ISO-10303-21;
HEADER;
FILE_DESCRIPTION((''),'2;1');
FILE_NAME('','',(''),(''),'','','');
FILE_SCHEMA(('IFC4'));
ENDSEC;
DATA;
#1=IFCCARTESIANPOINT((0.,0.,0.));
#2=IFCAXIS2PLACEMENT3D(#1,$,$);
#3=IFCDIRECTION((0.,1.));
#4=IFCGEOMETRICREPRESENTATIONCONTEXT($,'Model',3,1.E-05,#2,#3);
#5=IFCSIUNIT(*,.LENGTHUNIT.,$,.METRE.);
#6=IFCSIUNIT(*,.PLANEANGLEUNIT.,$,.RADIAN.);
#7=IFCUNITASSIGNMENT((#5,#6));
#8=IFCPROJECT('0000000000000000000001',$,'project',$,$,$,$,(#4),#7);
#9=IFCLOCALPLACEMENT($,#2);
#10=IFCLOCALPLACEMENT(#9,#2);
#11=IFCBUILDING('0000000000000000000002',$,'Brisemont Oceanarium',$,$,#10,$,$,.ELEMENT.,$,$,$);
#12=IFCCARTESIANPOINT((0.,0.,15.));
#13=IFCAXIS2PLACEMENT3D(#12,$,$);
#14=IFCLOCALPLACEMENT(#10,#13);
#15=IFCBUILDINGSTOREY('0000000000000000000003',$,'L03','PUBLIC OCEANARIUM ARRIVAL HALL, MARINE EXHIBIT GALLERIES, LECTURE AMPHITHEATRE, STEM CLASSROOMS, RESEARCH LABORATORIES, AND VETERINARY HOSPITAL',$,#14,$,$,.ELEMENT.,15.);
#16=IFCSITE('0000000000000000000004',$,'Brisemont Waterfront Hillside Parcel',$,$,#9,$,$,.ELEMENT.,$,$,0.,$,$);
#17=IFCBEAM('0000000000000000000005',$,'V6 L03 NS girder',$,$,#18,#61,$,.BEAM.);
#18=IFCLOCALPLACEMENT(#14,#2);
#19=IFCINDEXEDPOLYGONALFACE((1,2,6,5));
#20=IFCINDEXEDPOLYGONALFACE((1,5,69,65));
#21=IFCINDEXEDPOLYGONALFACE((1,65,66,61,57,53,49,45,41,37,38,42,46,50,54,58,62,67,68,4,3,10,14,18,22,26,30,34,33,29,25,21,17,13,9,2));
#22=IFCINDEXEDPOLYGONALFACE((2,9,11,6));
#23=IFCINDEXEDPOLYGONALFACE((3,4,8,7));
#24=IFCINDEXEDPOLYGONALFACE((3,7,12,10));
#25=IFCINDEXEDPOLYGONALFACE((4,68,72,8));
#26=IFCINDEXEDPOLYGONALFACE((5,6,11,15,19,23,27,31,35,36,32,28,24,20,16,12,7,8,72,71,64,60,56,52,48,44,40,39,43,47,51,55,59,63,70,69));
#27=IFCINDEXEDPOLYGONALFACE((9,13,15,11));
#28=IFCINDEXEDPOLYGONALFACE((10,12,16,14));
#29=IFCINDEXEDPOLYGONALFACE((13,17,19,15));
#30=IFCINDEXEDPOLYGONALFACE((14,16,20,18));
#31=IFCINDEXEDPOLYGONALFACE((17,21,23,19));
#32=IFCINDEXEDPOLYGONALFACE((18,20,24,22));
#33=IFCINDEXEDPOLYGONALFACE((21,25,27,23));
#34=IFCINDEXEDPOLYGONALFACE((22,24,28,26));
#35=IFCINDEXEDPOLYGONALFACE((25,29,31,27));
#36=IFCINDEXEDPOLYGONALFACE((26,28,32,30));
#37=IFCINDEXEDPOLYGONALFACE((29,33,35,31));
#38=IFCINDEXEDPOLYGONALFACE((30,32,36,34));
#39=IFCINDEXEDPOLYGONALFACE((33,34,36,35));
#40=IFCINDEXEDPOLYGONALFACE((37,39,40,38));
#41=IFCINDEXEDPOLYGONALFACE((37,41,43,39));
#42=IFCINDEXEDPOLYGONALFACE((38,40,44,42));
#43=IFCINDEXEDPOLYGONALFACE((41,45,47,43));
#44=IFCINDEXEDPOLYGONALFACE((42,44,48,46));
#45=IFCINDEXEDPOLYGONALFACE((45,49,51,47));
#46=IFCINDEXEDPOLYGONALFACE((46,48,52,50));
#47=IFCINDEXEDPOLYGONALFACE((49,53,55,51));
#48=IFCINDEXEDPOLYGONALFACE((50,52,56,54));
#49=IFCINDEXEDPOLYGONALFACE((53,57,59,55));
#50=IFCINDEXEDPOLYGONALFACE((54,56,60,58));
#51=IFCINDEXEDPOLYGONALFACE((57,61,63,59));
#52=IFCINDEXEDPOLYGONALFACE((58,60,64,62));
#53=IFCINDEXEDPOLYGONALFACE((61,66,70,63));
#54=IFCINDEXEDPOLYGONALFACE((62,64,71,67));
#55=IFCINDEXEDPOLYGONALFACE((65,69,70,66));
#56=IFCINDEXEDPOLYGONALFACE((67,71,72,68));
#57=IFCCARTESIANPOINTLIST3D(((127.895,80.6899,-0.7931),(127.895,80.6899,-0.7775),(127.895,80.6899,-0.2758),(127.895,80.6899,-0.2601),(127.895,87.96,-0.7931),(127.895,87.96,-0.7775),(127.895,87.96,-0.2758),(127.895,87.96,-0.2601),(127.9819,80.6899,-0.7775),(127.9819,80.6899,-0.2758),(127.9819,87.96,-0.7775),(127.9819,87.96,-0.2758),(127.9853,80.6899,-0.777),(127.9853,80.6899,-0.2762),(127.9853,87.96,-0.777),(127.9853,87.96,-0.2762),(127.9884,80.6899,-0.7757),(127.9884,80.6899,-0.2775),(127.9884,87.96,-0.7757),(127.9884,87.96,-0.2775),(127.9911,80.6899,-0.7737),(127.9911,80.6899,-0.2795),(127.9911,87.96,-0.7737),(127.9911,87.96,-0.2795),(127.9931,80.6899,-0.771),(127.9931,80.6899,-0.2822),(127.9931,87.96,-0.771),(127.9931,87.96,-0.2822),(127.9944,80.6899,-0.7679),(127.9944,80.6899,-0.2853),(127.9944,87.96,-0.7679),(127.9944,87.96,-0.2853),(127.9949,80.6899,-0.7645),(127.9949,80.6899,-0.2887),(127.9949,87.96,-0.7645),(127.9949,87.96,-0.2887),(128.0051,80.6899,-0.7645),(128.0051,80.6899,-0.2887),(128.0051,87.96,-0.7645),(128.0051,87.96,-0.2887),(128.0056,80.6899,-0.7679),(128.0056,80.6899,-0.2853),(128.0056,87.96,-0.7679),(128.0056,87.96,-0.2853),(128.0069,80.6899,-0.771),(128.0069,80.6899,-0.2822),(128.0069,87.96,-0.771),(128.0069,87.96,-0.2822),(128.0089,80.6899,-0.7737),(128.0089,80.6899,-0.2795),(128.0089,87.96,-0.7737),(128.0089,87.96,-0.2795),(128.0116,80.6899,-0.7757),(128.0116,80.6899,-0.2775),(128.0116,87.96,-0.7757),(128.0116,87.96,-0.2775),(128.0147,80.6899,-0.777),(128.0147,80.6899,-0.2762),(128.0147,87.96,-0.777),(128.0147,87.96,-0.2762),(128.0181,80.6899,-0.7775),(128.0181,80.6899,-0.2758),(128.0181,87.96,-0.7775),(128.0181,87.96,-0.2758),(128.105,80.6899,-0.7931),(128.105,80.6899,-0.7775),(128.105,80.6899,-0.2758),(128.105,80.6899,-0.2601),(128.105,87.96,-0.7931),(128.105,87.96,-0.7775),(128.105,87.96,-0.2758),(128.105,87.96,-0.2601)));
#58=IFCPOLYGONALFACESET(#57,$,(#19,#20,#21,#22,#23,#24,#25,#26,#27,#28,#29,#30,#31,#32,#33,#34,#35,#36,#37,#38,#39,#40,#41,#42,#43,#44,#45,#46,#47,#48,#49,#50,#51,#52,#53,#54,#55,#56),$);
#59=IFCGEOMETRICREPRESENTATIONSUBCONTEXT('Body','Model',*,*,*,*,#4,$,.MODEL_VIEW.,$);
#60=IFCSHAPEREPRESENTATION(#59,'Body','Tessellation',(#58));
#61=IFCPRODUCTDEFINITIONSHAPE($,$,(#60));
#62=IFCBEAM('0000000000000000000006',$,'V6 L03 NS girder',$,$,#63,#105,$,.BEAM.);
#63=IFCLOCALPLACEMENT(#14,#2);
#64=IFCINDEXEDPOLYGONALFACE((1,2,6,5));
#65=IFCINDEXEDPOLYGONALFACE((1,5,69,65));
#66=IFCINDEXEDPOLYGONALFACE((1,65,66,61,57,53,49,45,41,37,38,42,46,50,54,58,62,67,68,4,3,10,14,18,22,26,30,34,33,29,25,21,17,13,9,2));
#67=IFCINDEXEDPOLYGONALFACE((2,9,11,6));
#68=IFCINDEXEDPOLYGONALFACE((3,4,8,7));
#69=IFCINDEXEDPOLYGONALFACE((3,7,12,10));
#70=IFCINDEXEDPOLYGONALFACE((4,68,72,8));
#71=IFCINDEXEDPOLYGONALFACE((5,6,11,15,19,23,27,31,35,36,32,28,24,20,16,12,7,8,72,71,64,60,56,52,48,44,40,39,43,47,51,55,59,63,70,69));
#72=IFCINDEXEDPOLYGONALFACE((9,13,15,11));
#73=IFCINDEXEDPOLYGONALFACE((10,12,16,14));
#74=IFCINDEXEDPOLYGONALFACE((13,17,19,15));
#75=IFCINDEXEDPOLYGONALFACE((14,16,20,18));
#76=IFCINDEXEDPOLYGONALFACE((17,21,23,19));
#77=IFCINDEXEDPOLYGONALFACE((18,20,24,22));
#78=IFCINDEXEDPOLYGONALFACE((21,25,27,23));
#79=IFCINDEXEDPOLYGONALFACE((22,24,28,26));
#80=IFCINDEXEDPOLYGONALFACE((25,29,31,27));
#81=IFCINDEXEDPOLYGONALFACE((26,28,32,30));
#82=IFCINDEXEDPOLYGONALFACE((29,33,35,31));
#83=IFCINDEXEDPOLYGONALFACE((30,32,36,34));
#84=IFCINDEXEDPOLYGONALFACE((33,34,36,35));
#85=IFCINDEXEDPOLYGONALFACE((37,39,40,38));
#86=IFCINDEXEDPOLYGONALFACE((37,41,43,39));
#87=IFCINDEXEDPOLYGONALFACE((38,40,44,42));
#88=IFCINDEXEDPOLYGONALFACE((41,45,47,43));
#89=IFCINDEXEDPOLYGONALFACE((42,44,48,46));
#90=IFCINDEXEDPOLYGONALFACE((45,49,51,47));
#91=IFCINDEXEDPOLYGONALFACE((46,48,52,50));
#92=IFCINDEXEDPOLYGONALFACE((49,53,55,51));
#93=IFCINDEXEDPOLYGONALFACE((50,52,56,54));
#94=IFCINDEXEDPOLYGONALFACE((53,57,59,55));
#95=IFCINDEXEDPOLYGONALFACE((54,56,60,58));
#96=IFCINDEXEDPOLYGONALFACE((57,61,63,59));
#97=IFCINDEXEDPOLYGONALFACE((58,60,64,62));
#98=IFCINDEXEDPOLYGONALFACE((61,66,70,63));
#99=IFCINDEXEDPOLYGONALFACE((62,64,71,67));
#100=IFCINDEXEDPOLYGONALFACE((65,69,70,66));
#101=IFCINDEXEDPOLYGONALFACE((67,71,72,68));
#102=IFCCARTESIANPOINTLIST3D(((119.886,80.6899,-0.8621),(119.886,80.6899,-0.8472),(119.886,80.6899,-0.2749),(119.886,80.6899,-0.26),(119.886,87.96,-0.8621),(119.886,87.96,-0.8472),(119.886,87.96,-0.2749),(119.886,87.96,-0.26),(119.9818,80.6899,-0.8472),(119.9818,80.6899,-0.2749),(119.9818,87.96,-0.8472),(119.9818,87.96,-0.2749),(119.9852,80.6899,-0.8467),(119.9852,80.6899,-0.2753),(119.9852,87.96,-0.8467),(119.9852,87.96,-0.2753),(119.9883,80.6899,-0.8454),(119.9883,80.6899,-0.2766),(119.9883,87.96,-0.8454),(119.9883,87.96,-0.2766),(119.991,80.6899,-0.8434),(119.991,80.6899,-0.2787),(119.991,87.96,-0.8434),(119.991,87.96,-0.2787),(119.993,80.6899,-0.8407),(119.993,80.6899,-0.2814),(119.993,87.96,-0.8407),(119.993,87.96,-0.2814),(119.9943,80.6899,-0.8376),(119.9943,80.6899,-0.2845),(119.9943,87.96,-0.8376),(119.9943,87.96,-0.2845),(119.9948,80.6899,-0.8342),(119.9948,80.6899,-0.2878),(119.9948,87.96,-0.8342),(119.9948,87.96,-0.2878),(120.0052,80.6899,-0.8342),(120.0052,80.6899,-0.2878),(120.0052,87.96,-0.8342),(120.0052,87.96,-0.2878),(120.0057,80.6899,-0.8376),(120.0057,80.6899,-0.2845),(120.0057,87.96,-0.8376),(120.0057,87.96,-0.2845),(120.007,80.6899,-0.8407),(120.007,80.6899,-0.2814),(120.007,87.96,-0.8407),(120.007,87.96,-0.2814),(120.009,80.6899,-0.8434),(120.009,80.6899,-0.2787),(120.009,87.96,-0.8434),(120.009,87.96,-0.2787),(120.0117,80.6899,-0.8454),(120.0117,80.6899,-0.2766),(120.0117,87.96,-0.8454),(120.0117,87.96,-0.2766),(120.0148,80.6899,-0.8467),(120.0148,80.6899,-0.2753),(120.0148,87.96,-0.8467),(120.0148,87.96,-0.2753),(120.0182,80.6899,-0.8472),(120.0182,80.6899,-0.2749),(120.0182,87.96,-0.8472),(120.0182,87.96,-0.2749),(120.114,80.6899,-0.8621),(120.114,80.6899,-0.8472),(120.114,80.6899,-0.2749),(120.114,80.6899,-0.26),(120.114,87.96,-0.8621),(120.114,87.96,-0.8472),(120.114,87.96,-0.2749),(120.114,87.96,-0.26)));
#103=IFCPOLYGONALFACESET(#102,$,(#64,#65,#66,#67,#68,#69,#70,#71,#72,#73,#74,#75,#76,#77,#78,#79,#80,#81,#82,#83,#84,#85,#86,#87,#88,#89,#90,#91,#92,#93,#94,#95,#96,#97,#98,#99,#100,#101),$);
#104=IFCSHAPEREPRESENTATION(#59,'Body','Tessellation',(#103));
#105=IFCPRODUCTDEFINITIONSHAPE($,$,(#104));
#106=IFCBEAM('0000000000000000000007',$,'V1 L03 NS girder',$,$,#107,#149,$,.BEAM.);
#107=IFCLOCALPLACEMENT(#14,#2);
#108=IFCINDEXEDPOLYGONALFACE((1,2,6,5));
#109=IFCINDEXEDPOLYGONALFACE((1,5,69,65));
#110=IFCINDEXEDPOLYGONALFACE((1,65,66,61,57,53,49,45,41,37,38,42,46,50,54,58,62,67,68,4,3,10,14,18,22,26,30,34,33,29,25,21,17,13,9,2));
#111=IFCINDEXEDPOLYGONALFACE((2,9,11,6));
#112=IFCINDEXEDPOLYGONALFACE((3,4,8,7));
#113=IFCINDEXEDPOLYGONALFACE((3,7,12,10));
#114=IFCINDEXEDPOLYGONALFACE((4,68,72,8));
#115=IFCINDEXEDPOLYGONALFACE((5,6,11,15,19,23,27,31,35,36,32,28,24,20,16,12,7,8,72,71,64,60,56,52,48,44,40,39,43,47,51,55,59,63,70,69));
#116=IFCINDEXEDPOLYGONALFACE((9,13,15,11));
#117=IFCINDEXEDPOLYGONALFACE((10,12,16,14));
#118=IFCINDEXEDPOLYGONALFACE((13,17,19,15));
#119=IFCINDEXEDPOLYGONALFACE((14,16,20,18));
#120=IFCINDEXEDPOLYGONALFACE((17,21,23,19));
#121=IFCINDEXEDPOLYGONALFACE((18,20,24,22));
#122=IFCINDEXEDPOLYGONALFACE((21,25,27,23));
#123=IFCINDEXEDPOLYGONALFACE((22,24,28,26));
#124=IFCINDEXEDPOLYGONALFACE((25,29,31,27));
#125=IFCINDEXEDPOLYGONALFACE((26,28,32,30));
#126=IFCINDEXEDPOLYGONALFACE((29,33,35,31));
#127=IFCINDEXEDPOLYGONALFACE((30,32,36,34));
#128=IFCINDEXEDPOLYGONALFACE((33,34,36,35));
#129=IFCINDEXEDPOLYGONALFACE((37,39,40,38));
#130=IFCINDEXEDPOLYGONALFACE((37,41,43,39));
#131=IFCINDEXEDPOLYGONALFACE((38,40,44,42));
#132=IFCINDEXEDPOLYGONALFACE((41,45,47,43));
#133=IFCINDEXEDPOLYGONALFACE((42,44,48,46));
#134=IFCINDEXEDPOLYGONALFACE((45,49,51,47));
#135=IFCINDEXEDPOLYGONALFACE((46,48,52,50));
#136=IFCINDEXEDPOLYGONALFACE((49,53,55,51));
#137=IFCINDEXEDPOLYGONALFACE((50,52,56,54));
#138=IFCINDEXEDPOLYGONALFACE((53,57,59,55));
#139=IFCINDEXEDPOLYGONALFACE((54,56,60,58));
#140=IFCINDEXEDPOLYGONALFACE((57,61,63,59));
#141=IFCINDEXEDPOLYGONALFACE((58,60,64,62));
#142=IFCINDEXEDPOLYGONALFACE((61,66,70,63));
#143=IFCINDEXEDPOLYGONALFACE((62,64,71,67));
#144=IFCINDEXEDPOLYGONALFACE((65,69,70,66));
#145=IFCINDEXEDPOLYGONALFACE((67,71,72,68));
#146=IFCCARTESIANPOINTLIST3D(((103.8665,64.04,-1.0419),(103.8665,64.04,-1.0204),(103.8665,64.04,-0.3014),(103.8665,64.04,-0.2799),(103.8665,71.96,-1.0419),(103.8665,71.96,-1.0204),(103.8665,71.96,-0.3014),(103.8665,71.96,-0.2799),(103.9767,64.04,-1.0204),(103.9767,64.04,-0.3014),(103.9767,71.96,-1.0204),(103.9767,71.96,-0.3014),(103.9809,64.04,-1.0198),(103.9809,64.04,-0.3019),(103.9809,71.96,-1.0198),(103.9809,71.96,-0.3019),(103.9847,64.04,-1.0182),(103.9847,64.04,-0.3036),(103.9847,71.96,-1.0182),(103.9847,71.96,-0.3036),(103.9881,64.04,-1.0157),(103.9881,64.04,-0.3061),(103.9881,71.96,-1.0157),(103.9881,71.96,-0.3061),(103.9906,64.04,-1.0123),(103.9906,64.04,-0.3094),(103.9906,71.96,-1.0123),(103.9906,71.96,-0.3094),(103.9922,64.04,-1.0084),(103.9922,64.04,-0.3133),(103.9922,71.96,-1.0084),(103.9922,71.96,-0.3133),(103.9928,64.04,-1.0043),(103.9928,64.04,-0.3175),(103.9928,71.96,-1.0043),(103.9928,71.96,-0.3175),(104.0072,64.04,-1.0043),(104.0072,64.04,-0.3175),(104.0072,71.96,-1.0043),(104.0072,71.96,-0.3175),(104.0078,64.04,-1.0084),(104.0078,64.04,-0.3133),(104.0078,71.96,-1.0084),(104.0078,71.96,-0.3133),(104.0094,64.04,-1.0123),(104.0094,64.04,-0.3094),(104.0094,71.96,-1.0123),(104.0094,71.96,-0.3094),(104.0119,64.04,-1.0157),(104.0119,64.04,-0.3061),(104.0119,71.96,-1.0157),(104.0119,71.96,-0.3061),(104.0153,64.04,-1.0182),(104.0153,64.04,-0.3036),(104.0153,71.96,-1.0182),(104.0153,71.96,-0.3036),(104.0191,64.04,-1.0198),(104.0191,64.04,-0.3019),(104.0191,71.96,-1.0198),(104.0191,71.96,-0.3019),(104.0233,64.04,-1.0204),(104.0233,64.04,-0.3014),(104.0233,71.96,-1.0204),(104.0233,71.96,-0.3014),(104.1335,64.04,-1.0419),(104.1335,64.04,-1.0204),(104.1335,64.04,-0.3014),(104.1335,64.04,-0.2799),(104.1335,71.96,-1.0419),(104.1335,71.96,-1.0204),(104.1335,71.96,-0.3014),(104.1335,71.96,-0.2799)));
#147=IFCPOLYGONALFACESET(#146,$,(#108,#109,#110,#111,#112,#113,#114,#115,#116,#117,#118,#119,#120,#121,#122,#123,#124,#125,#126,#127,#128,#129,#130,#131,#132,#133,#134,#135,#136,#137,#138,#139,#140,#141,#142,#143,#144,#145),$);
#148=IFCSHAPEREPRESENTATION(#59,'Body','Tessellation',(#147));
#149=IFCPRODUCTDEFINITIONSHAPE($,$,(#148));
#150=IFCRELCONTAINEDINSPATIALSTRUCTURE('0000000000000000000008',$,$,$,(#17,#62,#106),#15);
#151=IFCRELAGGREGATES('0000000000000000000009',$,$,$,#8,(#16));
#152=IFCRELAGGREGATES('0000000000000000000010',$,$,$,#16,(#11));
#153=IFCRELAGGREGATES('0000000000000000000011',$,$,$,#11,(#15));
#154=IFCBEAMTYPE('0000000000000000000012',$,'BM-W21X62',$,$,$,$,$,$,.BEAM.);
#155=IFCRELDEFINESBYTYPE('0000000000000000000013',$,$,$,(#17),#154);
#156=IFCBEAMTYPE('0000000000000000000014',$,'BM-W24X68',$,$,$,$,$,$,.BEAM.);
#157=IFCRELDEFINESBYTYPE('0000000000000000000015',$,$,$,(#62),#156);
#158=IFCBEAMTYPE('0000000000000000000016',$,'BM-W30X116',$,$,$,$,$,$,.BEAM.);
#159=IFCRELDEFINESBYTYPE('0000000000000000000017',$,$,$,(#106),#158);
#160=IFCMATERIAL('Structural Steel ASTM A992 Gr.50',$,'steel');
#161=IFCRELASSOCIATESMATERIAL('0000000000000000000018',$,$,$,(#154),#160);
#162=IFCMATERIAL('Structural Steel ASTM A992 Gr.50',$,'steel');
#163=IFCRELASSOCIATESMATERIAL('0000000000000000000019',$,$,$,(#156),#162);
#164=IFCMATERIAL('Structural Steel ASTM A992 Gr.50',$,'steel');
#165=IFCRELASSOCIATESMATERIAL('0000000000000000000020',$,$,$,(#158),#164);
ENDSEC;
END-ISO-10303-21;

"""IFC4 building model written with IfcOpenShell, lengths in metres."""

from ifc_helpers import new_model, si_unit, direction, frame, origin, origin_2d, place, context, subcontext, project, spatial, i_section, extrude, material, material_profile, profile_set, type_object, element, save


model = new_model("IFC4")

# Units and contexts
model_context = context("Model", 3, precision=1e-05, world=origin(), true_north=direction((0.0, 1.0)))
body_context = subcontext(model_context, "Body", "Model", "MODEL_VIEW")
ifc_project = project(units=[si_unit("LENGTHUNIT", "METRE"), si_unit("PLANEANGLEUNIT", "RADIAN")], contexts=[model_context])

# Site, building, storey
site_placement = place(None, origin())
site = spatial("IfcSite", under=ifc_project, at=site_placement, Name="Brisemont Waterfront Hillside Parcel", CompositionType="ELEMENT", RefElevation=0.0)
building_placement = place(site_placement, origin())
building = spatial("IfcBuilding", under=site, at=building_placement, Name="Brisemont Oceanarium", CompositionType="ELEMENT")
storey_placement = place(building_placement, frame((0.0, 0.0, 15.0)))
storey = spatial("IfcBuildingStorey", under=building, at=storey_placement, Name="L03", Description="PUBLIC OCEANARIUM ARRIVAL HALL, MARINE EXHIBIT GALLERIES, LECTURE AMPHITHEATRE, STEM CLASSROOMS, RESEARCH LABORATORIES, AND VETERINARY HOSPITAL", CompositionType="ELEMENT", Elevation=15.0)

# Beams
ifc_material_1 = material(Name="Structural Steel ASTM A992 Gr.50", Category="steel")
ifc_material_profile_1 = material_profile(ifc_material_1, i_section(OverallWidth=0.21, OverallDepth=0.533, WebThickness=0.0103, FlangeThickness=0.0156, FilletRadius=0.0129, at=origin_2d()), Name="W21X62")
ifc_profile_set_1 = profile_set([ifc_material_profile_1], Name="Structural Steel ASTM A992 Gr.50")
beam_type_1 = type_object("IfcBeamType", Name="BM-W21X62", PredefinedType="BEAM", material=ifc_profile_set_1)
beam_1_placement = place(storey_placement, frame((128.0, 80.6899, -0.5266), z_axis=(0.0, 1.0, 0.0), x_axis=(-1.0, 0.0, 0.0)))
element("IfcBeam", 1, at=beam_1_placement, inside=storey, type_object=beam_type_1, Name="V6 L03 NS girder", PredefinedType="BEAM", context=body_context, shape_type="SweptSolid", body=[
    extrude(i_section(OverallWidth=0.21, OverallDepth=0.533, WebThickness=0.0103, FlangeThickness=0.0156, FilletRadius=0.0129, at=origin_2d()), origin(), (0.0, 0.0, 1.0), 7.27),
])
ifc_material_2 = material(Name="Structural Steel ASTM A992 Gr.50", Category="steel")
ifc_material_profile_2 = material_profile(ifc_material_2, i_section(OverallWidth=0.228, OverallDepth=0.6021, WebThickness=0.0105, FlangeThickness=0.0149, FilletRadius=0.0129, at=origin_2d()), Name="W24X68")
ifc_profile_set_2 = profile_set([ifc_material_profile_2], Name="Structural Steel ASTM A992 Gr.50")
beam_type_2 = type_object("IfcBeamType", Name="BM-W24X68", PredefinedType="BEAM", material=ifc_profile_set_2)
beam_2_placement = place(storey_placement, frame((120.0, 80.6899, -0.561), z_axis=(0.0, 1.0, 0.0), x_axis=(-1.0, 0.0, 0.0)))
element("IfcBeam", 2, at=beam_2_placement, inside=storey, type_object=beam_type_2, Name="V6 L03 NS girder", PredefinedType="BEAM", context=body_context, shape_type="SweptSolid", body=[
    extrude(i_section(OverallWidth=0.228, OverallDepth=0.6021, WebThickness=0.0105, FlangeThickness=0.0149, FilletRadius=0.0129, at=origin_2d()), origin(), (0.0, 0.0, 1.0), 7.27),
])
ifc_material_3 = material(Name="Structural Steel ASTM A992 Gr.50", Category="steel")
ifc_material_profile_3 = material_profile(ifc_material_3, i_section(OverallWidth=0.2671, OverallDepth=0.762, WebThickness=0.0144, FlangeThickness=0.0215, FilletRadius=0.0161, at=origin_2d()), Name="W30X116")
ifc_profile_set_3 = profile_set([ifc_material_profile_3], Name="Structural Steel ASTM A992 Gr.50")
beam_type_3 = type_object("IfcBeamType", Name="BM-W30X116", PredefinedType="BEAM", material=ifc_profile_set_3)
beam_3_placement = place(storey_placement, frame((104.0, 64.04, -0.6609), z_axis=(0.0, 1.0, 0.0), x_axis=(-1.0, 0.0, 0.0)))
element("IfcBeam", 3, at=beam_3_placement, inside=storey, type_object=beam_type_3, Name="V1 L03 NS girder", PredefinedType="BEAM", context=body_context, shape_type="SweptSolid", body=[
    extrude(i_section(OverallWidth=0.2671, OverallDepth=0.762, WebThickness=0.0144, FlangeThickness=0.0215, FilletRadius=0.0161, at=origin_2d()), origin(), (0.0, 0.0, 1.0), 7.9199),
])

save(model, "model.ifc")
